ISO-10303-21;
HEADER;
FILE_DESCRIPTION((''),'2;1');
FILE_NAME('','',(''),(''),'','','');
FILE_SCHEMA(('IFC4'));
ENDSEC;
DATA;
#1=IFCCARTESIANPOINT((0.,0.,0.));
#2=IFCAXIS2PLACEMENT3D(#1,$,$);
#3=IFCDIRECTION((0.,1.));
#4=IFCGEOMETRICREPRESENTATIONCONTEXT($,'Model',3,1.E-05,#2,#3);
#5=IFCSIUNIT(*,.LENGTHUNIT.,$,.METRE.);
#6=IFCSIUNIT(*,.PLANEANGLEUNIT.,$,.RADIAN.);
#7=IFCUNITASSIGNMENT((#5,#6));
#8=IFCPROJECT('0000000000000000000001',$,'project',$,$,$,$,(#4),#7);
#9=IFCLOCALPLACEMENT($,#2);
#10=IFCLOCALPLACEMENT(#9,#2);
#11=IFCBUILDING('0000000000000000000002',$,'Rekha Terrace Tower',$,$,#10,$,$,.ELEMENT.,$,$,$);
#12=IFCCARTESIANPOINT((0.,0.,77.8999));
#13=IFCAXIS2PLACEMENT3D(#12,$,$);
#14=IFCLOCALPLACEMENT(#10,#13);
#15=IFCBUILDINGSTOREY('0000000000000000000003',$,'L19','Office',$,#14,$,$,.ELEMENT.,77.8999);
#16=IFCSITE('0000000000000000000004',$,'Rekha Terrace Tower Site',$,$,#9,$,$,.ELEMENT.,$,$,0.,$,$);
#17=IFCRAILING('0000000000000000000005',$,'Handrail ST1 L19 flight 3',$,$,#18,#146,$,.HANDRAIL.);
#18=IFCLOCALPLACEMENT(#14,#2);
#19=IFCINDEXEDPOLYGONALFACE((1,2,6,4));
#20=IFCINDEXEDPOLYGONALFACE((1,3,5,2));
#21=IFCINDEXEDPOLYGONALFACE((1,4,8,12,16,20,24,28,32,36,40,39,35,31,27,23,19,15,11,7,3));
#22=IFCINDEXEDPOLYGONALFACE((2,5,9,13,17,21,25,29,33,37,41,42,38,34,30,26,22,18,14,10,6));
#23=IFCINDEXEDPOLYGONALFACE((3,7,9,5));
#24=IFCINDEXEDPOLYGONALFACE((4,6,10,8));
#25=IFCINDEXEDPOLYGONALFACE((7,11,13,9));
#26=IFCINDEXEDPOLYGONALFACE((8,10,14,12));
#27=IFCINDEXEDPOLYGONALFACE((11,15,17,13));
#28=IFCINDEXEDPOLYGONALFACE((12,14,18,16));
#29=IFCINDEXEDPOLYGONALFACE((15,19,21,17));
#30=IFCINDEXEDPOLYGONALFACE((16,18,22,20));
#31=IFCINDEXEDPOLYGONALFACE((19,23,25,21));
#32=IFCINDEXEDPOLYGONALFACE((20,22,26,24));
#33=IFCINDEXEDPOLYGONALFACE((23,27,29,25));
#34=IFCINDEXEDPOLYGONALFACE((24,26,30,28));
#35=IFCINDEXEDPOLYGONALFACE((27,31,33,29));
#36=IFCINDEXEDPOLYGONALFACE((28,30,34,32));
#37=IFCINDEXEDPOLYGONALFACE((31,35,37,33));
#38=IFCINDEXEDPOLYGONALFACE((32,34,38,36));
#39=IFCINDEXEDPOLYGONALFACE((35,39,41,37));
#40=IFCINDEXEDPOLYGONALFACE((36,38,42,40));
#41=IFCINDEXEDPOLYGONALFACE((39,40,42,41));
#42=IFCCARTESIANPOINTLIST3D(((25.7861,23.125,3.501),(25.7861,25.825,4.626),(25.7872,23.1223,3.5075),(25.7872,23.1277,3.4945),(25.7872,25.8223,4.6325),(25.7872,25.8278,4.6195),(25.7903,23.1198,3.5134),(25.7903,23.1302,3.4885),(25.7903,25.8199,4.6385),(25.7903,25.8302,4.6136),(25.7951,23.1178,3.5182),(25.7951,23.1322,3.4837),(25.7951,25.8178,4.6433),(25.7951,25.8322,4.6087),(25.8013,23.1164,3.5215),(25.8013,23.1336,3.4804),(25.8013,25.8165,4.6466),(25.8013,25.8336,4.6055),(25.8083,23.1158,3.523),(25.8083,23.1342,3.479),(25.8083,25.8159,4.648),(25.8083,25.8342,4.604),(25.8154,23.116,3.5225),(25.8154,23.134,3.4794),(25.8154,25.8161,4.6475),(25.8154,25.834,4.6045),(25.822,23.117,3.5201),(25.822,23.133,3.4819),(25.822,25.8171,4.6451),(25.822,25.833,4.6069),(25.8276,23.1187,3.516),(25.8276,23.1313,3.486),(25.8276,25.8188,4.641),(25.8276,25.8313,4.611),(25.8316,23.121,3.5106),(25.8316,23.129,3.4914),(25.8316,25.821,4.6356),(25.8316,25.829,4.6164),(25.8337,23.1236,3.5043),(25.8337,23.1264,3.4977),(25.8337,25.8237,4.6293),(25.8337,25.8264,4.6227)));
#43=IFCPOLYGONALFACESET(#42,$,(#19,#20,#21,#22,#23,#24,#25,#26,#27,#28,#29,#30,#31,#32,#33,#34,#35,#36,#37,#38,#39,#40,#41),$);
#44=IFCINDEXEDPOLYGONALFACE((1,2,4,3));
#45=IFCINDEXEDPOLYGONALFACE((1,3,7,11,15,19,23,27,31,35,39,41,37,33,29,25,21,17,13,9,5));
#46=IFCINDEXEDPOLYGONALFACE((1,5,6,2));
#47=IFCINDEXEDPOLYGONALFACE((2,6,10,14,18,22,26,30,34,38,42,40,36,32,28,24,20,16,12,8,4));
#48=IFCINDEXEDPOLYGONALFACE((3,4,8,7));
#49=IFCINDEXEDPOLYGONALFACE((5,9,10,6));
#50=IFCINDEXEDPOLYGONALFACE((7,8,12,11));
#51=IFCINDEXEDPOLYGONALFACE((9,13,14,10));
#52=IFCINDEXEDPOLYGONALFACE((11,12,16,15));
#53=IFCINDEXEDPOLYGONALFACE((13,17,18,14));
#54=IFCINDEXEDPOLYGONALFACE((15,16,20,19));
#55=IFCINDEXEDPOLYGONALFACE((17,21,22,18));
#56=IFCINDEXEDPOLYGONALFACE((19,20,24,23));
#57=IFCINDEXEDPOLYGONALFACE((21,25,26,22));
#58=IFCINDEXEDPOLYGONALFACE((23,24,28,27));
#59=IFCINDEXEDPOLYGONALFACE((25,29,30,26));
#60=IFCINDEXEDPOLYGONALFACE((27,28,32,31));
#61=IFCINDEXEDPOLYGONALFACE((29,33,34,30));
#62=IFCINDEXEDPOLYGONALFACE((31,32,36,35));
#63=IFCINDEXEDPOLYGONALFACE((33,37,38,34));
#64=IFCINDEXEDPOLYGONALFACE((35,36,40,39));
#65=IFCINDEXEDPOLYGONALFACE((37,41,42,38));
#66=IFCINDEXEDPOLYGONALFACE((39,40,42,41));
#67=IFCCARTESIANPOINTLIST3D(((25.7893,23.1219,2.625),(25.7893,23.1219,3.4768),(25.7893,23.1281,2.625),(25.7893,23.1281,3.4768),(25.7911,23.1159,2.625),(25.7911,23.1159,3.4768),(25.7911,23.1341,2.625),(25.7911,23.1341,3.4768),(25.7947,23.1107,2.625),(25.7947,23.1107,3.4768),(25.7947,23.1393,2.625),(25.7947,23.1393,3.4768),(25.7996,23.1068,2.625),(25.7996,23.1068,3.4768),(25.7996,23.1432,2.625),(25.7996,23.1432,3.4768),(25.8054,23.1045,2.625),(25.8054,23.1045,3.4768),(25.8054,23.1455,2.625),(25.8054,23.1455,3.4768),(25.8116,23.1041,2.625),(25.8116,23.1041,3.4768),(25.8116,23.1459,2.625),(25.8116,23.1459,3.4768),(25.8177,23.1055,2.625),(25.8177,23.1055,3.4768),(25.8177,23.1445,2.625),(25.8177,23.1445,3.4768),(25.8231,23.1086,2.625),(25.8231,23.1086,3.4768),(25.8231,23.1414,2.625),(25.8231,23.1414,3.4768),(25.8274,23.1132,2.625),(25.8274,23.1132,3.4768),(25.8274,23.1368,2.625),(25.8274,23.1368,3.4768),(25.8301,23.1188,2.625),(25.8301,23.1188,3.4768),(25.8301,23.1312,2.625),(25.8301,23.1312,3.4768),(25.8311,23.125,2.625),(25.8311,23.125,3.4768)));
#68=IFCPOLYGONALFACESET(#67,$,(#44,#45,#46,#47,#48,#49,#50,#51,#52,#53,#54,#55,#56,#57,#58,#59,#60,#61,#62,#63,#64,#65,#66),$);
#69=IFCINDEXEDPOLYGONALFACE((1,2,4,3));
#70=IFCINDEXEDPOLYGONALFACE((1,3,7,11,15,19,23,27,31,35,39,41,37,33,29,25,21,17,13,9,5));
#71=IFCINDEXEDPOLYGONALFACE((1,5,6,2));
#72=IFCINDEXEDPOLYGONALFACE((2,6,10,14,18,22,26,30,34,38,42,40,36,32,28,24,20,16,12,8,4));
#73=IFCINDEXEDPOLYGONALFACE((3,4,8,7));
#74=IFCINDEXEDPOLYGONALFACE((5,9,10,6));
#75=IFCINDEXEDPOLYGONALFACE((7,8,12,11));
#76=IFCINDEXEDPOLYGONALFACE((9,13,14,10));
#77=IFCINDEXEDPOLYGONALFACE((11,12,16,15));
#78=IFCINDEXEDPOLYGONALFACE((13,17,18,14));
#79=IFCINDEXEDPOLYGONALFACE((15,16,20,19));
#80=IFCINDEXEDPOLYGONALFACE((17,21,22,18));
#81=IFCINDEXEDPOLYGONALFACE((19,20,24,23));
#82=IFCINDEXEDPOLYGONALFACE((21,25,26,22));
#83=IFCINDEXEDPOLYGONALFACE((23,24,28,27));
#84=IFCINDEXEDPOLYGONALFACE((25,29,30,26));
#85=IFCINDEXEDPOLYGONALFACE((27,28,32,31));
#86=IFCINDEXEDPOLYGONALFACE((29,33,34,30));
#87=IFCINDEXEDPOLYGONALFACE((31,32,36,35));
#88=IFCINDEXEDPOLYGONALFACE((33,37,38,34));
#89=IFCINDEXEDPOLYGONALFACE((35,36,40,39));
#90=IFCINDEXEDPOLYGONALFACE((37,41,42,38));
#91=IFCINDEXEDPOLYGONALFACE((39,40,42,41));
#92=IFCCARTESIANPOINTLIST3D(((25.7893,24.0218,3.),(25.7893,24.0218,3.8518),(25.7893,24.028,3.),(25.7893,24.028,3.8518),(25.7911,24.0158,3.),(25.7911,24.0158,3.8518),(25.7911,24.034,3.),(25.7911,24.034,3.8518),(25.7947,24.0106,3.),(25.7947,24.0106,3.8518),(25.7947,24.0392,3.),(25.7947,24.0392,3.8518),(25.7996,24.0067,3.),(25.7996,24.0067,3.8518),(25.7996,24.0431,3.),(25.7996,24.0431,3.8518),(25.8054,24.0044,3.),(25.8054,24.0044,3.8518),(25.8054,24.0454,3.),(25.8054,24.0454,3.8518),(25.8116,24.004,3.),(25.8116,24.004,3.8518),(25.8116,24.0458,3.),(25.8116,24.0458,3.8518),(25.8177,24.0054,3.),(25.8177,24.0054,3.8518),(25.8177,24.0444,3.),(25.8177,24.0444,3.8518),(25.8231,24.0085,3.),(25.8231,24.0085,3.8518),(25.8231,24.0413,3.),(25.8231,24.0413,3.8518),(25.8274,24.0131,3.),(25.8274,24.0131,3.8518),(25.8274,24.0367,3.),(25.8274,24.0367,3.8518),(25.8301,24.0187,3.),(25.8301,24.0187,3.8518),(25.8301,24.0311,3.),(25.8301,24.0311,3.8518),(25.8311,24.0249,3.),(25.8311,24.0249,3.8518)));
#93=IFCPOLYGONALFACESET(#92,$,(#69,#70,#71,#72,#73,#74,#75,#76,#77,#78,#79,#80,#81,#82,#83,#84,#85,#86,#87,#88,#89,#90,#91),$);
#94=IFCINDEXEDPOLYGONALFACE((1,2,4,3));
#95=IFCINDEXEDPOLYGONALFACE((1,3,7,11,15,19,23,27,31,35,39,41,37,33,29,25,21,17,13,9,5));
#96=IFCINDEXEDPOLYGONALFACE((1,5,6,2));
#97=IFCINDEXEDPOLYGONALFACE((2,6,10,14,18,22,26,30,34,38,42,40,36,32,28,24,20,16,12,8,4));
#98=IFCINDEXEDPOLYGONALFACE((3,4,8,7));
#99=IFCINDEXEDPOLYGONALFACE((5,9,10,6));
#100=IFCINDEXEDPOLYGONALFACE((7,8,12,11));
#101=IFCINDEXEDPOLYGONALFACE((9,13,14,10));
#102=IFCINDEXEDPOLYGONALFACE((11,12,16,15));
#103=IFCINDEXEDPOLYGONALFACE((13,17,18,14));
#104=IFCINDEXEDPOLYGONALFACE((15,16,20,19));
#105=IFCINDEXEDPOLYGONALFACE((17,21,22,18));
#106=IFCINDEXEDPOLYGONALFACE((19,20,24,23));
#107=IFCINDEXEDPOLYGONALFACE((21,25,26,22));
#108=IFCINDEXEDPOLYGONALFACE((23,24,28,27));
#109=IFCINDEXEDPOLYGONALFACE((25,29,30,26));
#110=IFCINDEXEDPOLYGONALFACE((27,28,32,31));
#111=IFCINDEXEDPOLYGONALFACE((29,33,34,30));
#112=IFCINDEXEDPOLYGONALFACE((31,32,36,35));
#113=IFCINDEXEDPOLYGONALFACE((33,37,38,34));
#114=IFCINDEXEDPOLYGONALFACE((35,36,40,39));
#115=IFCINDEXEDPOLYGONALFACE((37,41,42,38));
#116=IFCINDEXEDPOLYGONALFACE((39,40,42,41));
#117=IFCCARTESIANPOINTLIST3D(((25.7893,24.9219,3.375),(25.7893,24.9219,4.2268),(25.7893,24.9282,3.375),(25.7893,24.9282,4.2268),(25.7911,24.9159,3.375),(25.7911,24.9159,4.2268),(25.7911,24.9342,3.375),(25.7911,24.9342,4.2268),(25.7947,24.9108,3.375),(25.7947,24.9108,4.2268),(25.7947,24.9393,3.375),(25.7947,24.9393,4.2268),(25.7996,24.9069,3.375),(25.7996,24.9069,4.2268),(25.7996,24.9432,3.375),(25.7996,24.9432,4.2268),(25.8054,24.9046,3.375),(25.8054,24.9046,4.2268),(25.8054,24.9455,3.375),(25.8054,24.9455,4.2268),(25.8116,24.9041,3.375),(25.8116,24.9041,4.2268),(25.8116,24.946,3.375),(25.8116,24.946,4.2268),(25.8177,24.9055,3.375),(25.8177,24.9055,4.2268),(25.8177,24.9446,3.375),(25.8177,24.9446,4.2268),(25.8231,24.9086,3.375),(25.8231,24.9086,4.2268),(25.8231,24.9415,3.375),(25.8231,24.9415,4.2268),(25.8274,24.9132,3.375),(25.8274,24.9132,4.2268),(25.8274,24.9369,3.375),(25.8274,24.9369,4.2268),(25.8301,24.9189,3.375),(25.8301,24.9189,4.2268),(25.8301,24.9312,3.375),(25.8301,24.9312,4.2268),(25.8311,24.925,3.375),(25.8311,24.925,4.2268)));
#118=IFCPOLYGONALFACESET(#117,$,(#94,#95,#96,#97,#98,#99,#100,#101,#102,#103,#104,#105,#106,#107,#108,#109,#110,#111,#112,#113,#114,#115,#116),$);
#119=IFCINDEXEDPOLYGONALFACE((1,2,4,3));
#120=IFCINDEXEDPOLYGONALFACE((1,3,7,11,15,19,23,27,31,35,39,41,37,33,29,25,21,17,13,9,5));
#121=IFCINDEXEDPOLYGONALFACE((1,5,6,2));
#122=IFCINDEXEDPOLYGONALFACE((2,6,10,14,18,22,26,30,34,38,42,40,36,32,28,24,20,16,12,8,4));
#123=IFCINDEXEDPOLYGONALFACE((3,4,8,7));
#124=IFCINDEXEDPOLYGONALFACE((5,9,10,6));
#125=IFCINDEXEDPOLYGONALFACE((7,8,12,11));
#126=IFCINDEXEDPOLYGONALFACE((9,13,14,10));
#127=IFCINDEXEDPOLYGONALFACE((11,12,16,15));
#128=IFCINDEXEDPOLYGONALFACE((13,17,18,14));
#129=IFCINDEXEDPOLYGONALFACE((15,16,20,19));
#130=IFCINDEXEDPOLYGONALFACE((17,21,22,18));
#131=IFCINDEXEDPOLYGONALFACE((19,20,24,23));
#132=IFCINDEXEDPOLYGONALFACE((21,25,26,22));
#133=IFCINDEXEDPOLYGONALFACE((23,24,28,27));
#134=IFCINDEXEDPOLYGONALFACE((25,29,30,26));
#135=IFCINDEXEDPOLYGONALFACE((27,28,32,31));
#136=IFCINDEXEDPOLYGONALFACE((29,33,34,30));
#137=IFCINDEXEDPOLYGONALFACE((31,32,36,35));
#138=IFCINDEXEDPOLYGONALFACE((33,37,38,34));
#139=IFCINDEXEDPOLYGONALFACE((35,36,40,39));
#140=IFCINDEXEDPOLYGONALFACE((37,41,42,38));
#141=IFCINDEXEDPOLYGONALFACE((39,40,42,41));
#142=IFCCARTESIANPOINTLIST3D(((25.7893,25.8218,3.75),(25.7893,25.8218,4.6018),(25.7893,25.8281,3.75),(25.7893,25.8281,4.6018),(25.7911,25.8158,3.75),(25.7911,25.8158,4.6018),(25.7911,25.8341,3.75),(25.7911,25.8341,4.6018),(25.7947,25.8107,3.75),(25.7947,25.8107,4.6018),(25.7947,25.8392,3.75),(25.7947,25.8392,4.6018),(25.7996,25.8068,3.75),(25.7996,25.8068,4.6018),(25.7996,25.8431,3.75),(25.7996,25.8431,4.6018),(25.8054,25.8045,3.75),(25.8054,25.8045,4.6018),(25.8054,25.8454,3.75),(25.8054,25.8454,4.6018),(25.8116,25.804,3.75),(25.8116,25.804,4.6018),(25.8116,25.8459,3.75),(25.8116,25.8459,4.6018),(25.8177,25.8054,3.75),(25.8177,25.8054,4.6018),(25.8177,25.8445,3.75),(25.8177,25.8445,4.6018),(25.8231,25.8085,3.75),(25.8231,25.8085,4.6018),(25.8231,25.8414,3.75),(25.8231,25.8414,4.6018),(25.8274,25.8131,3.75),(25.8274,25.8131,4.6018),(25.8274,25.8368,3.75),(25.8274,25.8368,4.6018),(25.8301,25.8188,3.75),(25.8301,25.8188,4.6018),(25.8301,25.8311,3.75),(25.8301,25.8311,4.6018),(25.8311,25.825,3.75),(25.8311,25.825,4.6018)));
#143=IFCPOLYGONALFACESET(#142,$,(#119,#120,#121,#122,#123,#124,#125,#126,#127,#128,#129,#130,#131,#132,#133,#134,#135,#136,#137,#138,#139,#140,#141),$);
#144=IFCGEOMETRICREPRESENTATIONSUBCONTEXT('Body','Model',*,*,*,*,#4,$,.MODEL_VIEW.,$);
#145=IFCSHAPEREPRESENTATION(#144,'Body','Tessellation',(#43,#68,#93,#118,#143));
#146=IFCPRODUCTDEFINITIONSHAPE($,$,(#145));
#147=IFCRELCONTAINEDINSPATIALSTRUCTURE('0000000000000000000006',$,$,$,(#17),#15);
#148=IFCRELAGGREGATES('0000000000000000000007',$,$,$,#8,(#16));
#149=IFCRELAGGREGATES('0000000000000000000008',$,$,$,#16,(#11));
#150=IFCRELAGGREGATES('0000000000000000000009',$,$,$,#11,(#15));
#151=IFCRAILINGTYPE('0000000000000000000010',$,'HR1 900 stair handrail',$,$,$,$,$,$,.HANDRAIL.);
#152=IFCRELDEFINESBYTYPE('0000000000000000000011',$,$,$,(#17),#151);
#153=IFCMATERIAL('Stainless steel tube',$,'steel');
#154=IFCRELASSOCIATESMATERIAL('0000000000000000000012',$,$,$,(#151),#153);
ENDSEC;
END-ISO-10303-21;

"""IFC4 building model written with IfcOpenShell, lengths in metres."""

from ifc_helpers import new_model, si_unit, direction, frame, origin, origin_2d, place, context, subcontext, project, spatial, circle, extrude, material, type_object, element, save


model = new_model("IFC4")

# Units and contexts
model_context = context("Model", 3, precision=1e-05, world=origin(), true_north=direction((0.0, 1.0)))
body_context = subcontext(model_context, "Body", "Model", "MODEL_VIEW")
ifc_project = project(units=[si_unit("LENGTHUNIT", "METRE"), si_unit("PLANEANGLEUNIT", "RADIAN")], contexts=[model_context])

# Site, building, storey
site_placement = place(None, origin())
site = spatial("IfcSite", under=ifc_project, at=site_placement, Name="Rekha Terrace Tower Site", CompositionType="ELEMENT", RefElevation=0.0)
building_placement = place(site_placement, origin())
building = spatial("IfcBuilding", under=site, at=building_placement, Name="Rekha Terrace Tower", CompositionType="ELEMENT")
storey_placement = place(building_placement, frame((0.0, 0.0, 77.8999)))
storey = spatial("IfcBuildingStorey", under=building, at=storey_placement, Name="L19", Description="Office", CompositionType="ELEMENT", Elevation=77.8999)

# Railing
ifc_material_1 = material(Name="Stainless steel tube", Category="steel")
railing_type_1 = type_object("IfcRailingType", Name="HR1 900 stair handrail", PredefinedType="HANDRAIL", material=ifc_material_1)
railing_1_placement = place(storey_placement, frame((25.8101, 23.125, 2.625)))
element("IfcRailing", 1, at=railing_1_placement, inside=storey, type_object=railing_type_1, Name="Handrail ST1 L19 flight 3", PredefinedType="HANDRAIL", context=body_context, shape_type="SweptSolid", body=[
    extrude(circle(Radius=0.0239, at=origin_2d()), frame((0.0, 0.0, 0.876), z_axis=(0.0, 0.923074, 0.384621), x_axis=(-1.0, 0.0, 0.0)), (0.0, 0.0, 1.0), 2.925),
    extrude(circle(Radius=0.021, at=origin_2d()), origin(), (0.0, 0.0, 1.0), 0.8518),
    extrude(circle(Radius=0.021, at=origin_2d()), frame((0.0, 0.8999, 0.375)), (0.0, 0.0, 1.0), 0.8518),
    extrude(circle(Radius=0.021, at=origin_2d()), frame((0.0, 1.8, 0.75)), (0.0, 0.0, 1.0), 0.8518),
    extrude(circle(Radius=0.021, at=origin_2d()), frame((0.0, 2.7, 1.125)), (0.0, 0.0, 1.0), 0.8518),
])

save(model, "model.ifc")
